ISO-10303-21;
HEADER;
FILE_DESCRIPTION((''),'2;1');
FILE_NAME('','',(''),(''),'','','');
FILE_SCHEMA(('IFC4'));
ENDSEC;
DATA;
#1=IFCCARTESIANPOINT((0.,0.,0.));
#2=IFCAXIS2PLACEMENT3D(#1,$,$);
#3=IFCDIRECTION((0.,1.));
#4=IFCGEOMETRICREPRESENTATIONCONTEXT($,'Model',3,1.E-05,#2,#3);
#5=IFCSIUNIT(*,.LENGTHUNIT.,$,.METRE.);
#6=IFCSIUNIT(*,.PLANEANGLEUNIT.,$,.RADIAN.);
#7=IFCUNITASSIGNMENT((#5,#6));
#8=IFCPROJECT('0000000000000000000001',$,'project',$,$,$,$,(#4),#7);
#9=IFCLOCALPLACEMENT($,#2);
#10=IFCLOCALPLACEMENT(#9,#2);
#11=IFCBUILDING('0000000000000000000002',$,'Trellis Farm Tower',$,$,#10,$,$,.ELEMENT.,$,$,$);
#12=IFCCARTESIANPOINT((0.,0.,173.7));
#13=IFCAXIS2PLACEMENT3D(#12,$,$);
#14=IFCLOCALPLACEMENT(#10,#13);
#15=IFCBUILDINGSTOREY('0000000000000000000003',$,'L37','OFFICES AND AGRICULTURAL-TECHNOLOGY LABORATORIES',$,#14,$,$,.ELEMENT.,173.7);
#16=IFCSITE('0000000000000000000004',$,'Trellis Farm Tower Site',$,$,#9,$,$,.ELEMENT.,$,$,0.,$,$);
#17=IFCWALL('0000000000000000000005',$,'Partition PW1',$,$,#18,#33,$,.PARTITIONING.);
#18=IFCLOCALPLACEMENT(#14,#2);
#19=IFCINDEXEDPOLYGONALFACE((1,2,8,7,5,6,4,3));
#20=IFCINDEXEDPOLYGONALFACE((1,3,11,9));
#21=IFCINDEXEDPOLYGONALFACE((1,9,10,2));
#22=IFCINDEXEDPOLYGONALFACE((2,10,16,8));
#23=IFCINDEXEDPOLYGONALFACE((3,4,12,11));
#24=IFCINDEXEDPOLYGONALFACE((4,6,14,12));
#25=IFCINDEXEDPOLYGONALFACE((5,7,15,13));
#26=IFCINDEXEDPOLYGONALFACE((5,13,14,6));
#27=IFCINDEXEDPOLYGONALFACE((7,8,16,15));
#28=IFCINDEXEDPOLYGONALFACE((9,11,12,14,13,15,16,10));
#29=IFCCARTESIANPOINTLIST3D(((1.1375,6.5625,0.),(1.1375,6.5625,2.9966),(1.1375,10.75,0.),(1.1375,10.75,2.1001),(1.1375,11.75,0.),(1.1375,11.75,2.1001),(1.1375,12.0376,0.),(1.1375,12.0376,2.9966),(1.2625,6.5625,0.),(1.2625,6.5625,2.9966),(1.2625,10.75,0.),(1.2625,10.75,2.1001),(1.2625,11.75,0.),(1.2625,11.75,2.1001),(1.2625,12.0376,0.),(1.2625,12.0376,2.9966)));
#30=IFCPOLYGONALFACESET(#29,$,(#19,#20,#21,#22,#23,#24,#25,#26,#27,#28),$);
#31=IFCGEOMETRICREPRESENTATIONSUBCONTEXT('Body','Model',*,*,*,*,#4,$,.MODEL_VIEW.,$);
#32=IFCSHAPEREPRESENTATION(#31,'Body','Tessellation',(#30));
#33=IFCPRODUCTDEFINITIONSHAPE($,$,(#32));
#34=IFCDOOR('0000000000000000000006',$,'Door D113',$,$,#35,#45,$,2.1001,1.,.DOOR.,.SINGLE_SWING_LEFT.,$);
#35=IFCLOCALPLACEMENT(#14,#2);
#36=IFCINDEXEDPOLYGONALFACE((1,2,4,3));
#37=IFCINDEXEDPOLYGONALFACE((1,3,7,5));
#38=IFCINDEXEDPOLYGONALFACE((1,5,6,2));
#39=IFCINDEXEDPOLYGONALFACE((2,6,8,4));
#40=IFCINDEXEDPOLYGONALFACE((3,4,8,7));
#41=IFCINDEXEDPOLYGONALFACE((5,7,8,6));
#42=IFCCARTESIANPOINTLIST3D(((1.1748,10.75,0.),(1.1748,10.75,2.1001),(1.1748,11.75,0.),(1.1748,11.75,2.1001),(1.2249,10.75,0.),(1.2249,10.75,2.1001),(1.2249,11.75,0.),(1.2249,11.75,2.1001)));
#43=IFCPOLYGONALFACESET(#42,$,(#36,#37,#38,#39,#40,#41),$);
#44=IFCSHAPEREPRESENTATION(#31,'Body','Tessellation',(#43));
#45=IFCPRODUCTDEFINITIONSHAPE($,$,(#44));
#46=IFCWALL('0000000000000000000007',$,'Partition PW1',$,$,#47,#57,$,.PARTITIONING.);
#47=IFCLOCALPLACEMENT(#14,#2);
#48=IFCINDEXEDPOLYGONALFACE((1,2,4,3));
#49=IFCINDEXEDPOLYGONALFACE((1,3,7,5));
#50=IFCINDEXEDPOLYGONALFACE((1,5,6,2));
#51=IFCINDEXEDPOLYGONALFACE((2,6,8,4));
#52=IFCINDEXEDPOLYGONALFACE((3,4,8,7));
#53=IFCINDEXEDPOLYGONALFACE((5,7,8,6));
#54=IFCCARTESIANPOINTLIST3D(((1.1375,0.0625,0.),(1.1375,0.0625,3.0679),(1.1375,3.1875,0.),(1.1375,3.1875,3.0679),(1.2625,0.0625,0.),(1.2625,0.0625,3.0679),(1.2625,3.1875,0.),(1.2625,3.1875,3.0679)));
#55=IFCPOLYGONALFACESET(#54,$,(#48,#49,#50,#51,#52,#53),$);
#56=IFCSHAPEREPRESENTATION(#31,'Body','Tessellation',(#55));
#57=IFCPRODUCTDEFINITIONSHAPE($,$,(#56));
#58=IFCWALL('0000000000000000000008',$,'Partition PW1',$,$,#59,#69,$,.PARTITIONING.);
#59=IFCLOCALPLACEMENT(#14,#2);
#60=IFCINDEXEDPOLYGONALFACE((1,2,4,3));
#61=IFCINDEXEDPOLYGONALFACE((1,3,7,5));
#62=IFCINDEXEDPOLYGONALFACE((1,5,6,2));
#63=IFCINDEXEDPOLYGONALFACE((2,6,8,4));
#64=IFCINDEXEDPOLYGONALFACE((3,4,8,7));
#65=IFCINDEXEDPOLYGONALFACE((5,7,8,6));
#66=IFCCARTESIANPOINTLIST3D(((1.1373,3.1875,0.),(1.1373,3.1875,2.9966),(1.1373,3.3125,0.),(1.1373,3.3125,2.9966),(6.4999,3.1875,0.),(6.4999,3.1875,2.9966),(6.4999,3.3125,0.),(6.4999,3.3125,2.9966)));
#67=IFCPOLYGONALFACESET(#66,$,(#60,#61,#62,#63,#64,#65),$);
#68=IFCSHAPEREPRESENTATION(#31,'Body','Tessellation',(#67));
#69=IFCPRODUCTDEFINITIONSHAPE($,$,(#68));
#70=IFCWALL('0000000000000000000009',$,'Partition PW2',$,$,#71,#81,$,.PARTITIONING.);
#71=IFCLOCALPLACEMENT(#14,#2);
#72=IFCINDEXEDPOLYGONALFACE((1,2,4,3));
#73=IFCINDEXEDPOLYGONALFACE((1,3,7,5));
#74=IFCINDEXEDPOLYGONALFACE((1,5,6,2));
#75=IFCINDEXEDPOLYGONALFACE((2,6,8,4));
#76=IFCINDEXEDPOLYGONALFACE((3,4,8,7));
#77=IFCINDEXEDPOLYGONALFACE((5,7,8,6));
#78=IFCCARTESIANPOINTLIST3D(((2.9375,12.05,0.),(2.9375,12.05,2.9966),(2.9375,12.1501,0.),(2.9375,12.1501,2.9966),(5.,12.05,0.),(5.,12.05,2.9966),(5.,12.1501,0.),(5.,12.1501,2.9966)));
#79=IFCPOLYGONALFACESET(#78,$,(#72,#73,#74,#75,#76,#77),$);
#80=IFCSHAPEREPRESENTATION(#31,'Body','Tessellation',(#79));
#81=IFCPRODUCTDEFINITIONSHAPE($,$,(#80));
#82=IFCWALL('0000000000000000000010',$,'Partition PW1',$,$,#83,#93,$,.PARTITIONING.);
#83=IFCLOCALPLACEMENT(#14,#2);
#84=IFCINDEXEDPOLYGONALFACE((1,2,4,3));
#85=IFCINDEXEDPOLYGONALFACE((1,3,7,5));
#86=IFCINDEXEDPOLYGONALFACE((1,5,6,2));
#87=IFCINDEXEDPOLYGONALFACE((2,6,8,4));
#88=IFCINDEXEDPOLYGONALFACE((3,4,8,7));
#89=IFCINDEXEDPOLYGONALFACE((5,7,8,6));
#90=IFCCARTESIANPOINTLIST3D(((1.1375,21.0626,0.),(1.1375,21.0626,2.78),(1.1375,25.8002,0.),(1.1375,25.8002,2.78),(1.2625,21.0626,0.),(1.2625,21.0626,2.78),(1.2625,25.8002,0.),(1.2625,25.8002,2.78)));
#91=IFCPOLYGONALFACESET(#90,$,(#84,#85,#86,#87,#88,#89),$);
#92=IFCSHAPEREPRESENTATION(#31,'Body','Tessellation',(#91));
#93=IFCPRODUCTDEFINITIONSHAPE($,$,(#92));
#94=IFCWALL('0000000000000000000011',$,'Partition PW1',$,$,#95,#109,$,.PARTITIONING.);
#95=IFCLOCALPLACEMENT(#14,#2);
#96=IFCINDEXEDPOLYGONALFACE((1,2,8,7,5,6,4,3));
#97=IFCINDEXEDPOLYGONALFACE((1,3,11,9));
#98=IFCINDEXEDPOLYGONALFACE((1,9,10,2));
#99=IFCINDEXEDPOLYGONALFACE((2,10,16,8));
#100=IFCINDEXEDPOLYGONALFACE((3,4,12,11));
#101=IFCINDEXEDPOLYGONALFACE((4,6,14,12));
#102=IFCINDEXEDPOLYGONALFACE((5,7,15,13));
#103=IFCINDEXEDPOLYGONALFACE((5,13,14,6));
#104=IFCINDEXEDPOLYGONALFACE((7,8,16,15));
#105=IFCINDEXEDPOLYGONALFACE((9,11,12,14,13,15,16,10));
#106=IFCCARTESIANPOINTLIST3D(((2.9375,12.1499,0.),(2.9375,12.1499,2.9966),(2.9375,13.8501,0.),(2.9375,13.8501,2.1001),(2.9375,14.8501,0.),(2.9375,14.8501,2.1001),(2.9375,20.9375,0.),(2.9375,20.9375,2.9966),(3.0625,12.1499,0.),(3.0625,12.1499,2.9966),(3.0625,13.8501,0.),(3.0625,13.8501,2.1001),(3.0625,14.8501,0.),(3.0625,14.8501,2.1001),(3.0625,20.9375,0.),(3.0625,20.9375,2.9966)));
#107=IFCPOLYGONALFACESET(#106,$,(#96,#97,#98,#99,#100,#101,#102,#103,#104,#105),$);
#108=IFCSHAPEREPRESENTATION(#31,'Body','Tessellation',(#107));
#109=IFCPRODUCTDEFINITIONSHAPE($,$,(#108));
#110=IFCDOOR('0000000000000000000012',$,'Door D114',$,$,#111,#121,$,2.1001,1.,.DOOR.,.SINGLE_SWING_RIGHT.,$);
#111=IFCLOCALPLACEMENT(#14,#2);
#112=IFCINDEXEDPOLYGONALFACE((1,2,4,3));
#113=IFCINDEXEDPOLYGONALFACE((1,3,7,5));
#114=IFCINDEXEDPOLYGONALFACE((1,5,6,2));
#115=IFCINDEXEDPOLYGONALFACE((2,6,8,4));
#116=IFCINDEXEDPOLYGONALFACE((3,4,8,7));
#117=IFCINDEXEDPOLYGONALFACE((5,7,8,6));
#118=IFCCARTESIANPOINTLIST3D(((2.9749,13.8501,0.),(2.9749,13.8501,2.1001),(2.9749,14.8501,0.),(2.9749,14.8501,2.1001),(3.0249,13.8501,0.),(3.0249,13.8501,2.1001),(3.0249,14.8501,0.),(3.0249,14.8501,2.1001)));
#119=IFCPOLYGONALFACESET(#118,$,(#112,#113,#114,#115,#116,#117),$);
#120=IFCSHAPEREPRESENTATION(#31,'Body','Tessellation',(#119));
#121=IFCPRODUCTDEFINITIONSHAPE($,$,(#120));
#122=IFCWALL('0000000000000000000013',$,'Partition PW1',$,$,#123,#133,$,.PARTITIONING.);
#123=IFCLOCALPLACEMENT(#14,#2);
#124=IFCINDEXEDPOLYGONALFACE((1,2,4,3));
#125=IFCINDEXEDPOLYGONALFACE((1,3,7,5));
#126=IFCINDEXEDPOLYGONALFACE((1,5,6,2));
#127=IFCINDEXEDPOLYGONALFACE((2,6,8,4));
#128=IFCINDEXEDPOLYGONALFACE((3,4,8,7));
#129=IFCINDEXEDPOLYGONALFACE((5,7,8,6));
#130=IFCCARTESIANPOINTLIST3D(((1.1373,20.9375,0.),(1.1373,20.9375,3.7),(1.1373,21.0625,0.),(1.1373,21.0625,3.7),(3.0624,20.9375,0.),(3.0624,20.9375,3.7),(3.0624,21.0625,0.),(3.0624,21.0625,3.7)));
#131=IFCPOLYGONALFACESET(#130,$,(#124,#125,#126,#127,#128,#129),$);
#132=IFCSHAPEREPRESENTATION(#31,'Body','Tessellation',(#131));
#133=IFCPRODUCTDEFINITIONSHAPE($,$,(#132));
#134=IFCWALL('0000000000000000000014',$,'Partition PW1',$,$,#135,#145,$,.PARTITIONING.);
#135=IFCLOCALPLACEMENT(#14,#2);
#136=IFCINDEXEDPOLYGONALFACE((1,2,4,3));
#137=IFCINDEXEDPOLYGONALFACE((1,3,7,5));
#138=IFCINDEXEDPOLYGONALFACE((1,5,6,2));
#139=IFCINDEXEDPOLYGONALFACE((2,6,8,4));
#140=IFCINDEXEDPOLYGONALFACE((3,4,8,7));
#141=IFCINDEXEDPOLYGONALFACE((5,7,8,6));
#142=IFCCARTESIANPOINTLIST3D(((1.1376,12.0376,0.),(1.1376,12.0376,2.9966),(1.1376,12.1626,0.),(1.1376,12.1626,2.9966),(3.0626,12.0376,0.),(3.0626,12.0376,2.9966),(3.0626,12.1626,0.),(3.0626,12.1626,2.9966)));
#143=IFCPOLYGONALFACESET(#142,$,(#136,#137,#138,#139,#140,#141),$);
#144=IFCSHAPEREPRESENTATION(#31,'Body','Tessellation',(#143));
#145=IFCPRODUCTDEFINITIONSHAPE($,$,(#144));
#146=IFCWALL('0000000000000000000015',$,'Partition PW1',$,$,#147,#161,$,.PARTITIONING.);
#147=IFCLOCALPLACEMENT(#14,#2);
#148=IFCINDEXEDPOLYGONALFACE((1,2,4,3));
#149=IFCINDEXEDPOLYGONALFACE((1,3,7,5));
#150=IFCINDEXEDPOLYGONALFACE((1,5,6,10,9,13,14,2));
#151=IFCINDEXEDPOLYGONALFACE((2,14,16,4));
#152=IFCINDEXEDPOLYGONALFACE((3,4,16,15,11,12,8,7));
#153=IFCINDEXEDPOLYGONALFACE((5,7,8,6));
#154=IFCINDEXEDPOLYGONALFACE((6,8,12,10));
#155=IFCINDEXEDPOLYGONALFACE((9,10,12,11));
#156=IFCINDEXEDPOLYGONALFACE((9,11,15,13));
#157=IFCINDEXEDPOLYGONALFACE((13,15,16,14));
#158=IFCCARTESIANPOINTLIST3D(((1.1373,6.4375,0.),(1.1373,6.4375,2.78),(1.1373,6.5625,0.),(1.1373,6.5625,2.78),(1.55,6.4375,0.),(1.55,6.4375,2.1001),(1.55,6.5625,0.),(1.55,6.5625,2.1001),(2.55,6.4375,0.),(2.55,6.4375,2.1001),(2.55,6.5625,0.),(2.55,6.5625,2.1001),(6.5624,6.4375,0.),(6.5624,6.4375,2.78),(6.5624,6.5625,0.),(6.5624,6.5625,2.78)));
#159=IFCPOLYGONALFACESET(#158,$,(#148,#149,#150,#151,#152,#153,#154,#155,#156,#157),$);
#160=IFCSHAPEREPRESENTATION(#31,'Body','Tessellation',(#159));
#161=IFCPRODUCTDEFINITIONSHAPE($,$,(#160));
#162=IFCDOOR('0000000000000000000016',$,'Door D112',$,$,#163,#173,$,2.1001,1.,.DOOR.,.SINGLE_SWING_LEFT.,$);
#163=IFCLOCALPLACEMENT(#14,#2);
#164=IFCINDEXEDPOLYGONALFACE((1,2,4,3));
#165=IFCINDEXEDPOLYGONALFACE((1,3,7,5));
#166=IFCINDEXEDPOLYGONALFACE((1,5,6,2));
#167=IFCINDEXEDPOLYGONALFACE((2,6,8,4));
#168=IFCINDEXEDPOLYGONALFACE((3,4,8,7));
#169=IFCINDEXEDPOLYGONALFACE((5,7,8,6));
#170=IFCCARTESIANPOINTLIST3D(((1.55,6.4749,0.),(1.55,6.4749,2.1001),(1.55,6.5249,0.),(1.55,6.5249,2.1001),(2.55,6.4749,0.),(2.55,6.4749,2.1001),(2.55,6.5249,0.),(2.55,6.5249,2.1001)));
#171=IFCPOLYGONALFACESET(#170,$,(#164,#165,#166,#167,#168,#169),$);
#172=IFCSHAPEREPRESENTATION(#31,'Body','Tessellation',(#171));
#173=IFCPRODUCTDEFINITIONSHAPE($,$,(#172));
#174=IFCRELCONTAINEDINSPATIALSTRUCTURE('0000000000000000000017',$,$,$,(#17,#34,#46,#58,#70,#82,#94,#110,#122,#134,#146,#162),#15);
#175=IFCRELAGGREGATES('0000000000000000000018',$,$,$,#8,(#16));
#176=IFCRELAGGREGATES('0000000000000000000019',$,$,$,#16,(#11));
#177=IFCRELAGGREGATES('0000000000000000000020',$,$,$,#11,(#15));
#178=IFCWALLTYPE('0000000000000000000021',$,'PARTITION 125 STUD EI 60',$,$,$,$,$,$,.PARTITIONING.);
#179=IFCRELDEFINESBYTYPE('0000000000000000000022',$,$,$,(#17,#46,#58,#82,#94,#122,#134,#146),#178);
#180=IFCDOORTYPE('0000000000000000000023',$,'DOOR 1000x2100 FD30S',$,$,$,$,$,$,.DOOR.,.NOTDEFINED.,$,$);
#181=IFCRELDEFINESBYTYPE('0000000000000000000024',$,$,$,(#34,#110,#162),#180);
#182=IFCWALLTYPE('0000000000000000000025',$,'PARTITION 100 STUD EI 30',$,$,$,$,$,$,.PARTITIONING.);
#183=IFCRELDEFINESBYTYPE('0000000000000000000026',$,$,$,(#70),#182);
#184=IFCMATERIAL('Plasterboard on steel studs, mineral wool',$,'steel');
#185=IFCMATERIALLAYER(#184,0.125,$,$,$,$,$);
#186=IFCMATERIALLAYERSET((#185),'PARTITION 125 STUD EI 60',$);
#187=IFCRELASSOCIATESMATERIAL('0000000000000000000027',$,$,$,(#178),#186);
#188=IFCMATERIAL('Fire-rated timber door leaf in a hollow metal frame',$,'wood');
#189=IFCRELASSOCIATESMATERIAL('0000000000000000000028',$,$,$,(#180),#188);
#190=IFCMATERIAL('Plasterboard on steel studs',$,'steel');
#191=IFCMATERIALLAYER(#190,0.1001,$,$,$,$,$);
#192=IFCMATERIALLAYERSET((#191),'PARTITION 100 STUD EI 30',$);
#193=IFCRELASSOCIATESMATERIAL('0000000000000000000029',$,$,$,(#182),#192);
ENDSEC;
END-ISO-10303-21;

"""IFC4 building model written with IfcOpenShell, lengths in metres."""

from ifc_helpers import new_model, si_unit, direction, frame, frame_2d, origin, place, context, subcontext, project, spatial, rectangle, extrude, source, transform, mapped, material, layer, layer_set, type_object, element, fill, save


model = new_model("IFC4")

# Units and contexts
model_context = context("Model", 3, precision=1e-05, world=origin(), true_north=direction((0.0, 1.0)))
body_context = subcontext(model_context, "Body", "Model", "MODEL_VIEW")
ifc_project = project(units=[si_unit("LENGTHUNIT", "METRE"), si_unit("PLANEANGLEUNIT", "RADIAN")], contexts=[model_context])

# Site, building, storey
site_placement = place(None, origin())
site = spatial("IfcSite", under=ifc_project, at=site_placement, Name="Trellis Farm Tower Site", CompositionType="ELEMENT", RefElevation=0.0)
building_placement = place(site_placement, origin())
building = spatial("IfcBuilding", under=site, at=building_placement, Name="Trellis Farm Tower", CompositionType="ELEMENT")
storey_placement = place(building_placement, frame((0.0, 0.0, 173.7)))
storey = spatial("IfcBuildingStorey", under=building, at=storey_placement, Name="L37", Description="OFFICES AND AGRICULTURAL-TECHNOLOGY LABORATORIES", CompositionType="ELEMENT", Elevation=173.7)

# Wall, opening, door
ifc_material_1 = material(Name="Plasterboard on steel studs, mineral wool", Category="steel")
ifc_layer_1 = layer(ifc_material_1, 0.125)
ifc_layer_set_1 = layer_set([ifc_layer_1], Name="PARTITION 125 STUD EI 60")
wall_type_1 = type_object("IfcWallType", Name="PARTITION 125 STUD EI 60", PredefinedType="PARTITIONING", material=ifc_layer_set_1)
shared_shape_1 = source(origin(), body_context, "Body", "SweptSolid", [
    extrude(rectangle(XDim=5.4751, YDim=0.125, at=frame_2d((2.7375, 0.0))), origin(), (0.0, 0.0, 1.0), 2.9966),
])
wall_1_placement = place(storey_placement, frame((1.2, 12.0376, 0.0), z_axis=(0.0, 0.0, 1.0), x_axis=(0.0, -1.0, 0.0)))
wall_1 = element("IfcWall", 1, at=wall_1_placement, inside=storey, type_object=wall_type_1, Name="Partition PW1", PredefinedType="PARTITIONING", context=body_context, shape_type="MappedRepresentation", body=[
    mapped(shared_shape_1, transform((0.0, 0.0, 0.0))),
])
shared_shape_2 = source(origin(), body_context, "Body", "SweptSolid", [
    extrude(rectangle(XDim=1.0, YDim=2.1001, at=frame_2d((0.5, 1.05))), frame((0.0, 0.0725, 0.0), z_axis=(0.0, -1.0, 0.0), x_axis=(1.0, 0.0, 0.0)), (0.0, 0.0, 1.0), 0.145),
])
opening_1_placement = place(wall_1_placement, frame((0.2876, 0.0, 0.0)))
opening_1 = element("IfcOpeningElement", 2, at=opening_1_placement, cuts=wall_1, PredefinedType="OPENING", context=body_context, shape_type="MappedRepresentation", body=[
    mapped(shared_shape_2, transform((0.0, 0.0, 0.0))),
])
ifc_material_2 = material(Name="Fire-rated timber door leaf in a hollow metal frame", Category="wood")
door_type = type_object("IfcDoorType", Name="DOOR 1000x2100 FD30S", OperationType="NOTDEFINED", PredefinedType="DOOR", material=ifc_material_2)
shared_shape_3 = source(origin(), body_context, "Body", "SweptSolid", [
    extrude(rectangle(XDim=1.0, YDim=2.1001, at=frame_2d((0.5, 1.05))), frame((0.0, 0.0249, 0.0), z_axis=(0.0, -1.0, 0.0), x_axis=(1.0, 0.0, 0.0)), (0.0, 0.0, 1.0), 0.05),
])
door_1_placement = place(opening_1_placement, origin())
door_1 = element("IfcDoor", 3, at=door_1_placement, inside=storey, type_object=door_type, Name="Door D113", OperationType="SINGLE_SWING_LEFT", OverallHeight=2.1001, OverallWidth=1.0, PredefinedType="DOOR", context=body_context, shape_type="MappedRepresentation", body=[
    mapped(shared_shape_3, transform((0.0, 0.0, 0.0))),
])
fill(opening_1, door_1)

# Walls
shared_shape_4 = source(origin(), body_context, "Body", "SweptSolid", [
    extrude(rectangle(XDim=3.125, YDim=0.125, at=frame_2d((1.5625, 0.0))), origin(), (0.0, 0.0, 1.0), 3.0679),
])
wall_2_placement = place(storey_placement, frame((1.2, 3.1875, 0.0), z_axis=(0.0, 0.0, 1.0), x_axis=(0.0, -1.0, 0.0)))
element("IfcWall", 4, at=wall_2_placement, inside=storey, type_object=wall_type_1, Name="Partition PW1", PredefinedType="PARTITIONING", context=body_context, shape_type="MappedRepresentation", body=[
    mapped(shared_shape_4, transform((0.0, 0.0, 0.0))),
])
shared_shape_5 = source(origin(), body_context, "Body", "SweptSolid", [
    extrude(rectangle(XDim=5.3625, YDim=0.125, at=frame_2d((2.6812, 0.0))), origin(), (0.0, 0.0, 1.0), 2.9966),
])
wall_3_placement = place(storey_placement, frame((1.1375, 3.25, 0.0), z_axis=(0.0, 0.0, 1.0), x_axis=(1.0, 0.0, 0.0)))
element("IfcWall", 5, at=wall_3_placement, inside=storey, type_object=wall_type_1, Name="Partition PW1", PredefinedType="PARTITIONING", context=body_context, shape_type="MappedRepresentation", body=[
    mapped(shared_shape_5, transform((0.0, 0.0, 0.0))),
])
ifc_material_3 = material(Name="Plasterboard on steel studs", Category="steel")
ifc_layer_2 = layer(ifc_material_3, 0.1001)
ifc_layer_set_2 = layer_set([ifc_layer_2], Name="PARTITION 100 STUD EI 30")
wall_type_2 = type_object("IfcWallType", Name="PARTITION 100 STUD EI 30", PredefinedType="PARTITIONING", material=ifc_layer_set_2)
shared_shape_6 = source(origin(), body_context, "Body", "SweptSolid", [
    extrude(rectangle(XDim=2.0625, YDim=0.1001, at=frame_2d((1.0312, 0.0))), origin(), (0.0, 0.0, 1.0), 2.9966),
])
wall_4_placement = place(storey_placement, frame((2.9375, 12.1001, 0.0), z_axis=(0.0, 0.0, 1.0), x_axis=(1.0, 0.0, 0.0)))
element("IfcWall", 6, at=wall_4_placement, inside=storey, type_object=wall_type_2, Name="Partition PW2", PredefinedType="PARTITIONING", context=body_context, shape_type="MappedRepresentation", body=[
    mapped(shared_shape_6, transform((0.0, 0.0, 0.0))),
])
shared_shape_7 = source(origin(), body_context, "Body", "SweptSolid", [
    extrude(rectangle(XDim=4.7375, YDim=0.125, at=frame_2d((2.3687, 0.0))), origin(), (0.0, 0.0, 1.0), 2.78),
])
wall_5_placement = place(storey_placement, frame((1.2, 25.8, 0.0), z_axis=(0.0, 0.0, 1.0), x_axis=(0.0, -1.0, 0.0)))
element("IfcWall", 7, at=wall_5_placement, inside=storey, type_object=wall_type_1, Name="Partition PW1", PredefinedType="PARTITIONING", context=body_context, shape_type="MappedRepresentation", body=[
    mapped(shared_shape_7, transform((0.0, 0.0, 0.0))),
])

# Wall, opening, door
shared_shape_8 = source(origin(), body_context, "Body", "SweptSolid", [
    extrude(rectangle(XDim=8.7876, YDim=0.125, at=frame_2d((4.3938, 0.0))), origin(), (0.0, 0.0, 1.0), 2.9966),
])
wall_6_placement = place(storey_placement, frame((3.0, 20.9375, 0.0), z_axis=(0.0, 0.0, 1.0), x_axis=(0.0, -1.0, 0.0)))
wall_6 = element("IfcWall", 8, at=wall_6_placement, inside=storey, type_object=wall_type_1, Name="Partition PW1", PredefinedType="PARTITIONING", context=body_context, shape_type="MappedRepresentation", body=[
    mapped(shared_shape_8, transform((0.0, 0.0, 0.0))),
])
opening_2_placement = place(wall_6_placement, frame((6.0874, 0.0, 0.0)))
opening_2 = element("IfcOpeningElement", 9, at=opening_2_placement, cuts=wall_6, PredefinedType="OPENING", context=body_context, shape_type="MappedRepresentation", body=[
    mapped(shared_shape_2, transform((0.0, 0.0, 0.0))),
])
door_2_placement = place(opening_2_placement, origin())
door_2 = element("IfcDoor", 10, at=door_2_placement, inside=storey, type_object=door_type, Name="Door D114", OperationType="SINGLE_SWING_RIGHT", OverallHeight=2.1001, OverallWidth=1.0, PredefinedType="DOOR", context=body_context, shape_type="MappedRepresentation", body=[
    mapped(shared_shape_3, transform((0.0, 0.0, 0.0))),
])
fill(opening_2, door_2)

# Walls
shared_shape_9 = source(origin(), body_context, "Body", "SweptSolid", [
    extrude(rectangle(XDim=1.925, YDim=0.125, at=frame_2d((0.9624, 0.0))), origin(), (0.0, 0.0, 1.0), 3.7),
])
wall_7_placement = place(storey_placement, frame((1.1375, 21.0, 0.0), z_axis=(0.0, 0.0, 1.0), x_axis=(1.0, 0.0, 0.0)))
element("IfcWall", 11, at=wall_7_placement, inside=storey, type_object=wall_type_1, Name="Partition PW1", PredefinedType="PARTITIONING", context=body_context, shape_type="MappedRepresentation", body=[
    mapped(shared_shape_9, transform((0.0, 0.0, 0.0))),
])
shared_shape_10 = source(origin(), body_context, "Body", "SweptSolid", [
    extrude(rectangle(XDim=1.925, YDim=0.125, at=frame_2d((0.9624, 0.0))), origin(), (0.0, 0.0, 1.0), 2.9966),
])
wall_8_placement = place(storey_placement, frame((3.0625, 12.1001, 0.0), z_axis=(0.0, 0.0, 1.0), x_axis=(-1.0, 0.0, 0.0)))
element("IfcWall", 12, at=wall_8_placement, inside=storey, type_object=wall_type_1, Name="Partition PW1", PredefinedType="PARTITIONING", context=body_context, shape_type="MappedRepresentation", body=[
    mapped(shared_shape_10, transform((0.0, 0.0, 0.0))),
])

# Wall, opening, door
shared_shape_11 = source(origin(), body_context, "Body", "SweptSolid", [
    extrude(rectangle(XDim=5.425, YDim=0.125, at=frame_2d((2.7124, 0.0))), origin(), (0.0, 0.0, 1.0), 2.78),
])
wall_9_placement = place(storey_placement, frame((1.1375, 6.5, 0.0), z_axis=(0.0, 0.0, 1.0), x_axis=(1.0, 0.0, 0.0)))
wall_9 = element("IfcWall", 13, at=wall_9_placement, inside=storey, type_object=wall_type_1, Name="Partition PW1", PredefinedType="PARTITIONING", context=body_context, shape_type="MappedRepresentation", body=[
    mapped(shared_shape_11, transform((0.0, 0.0, 0.0))),
])
opening_3_placement = place(wall_9_placement, frame((0.4126, 0.0, 0.0)))
opening_3 = element("IfcOpeningElement", 14, at=opening_3_placement, cuts=wall_9, PredefinedType="OPENING", context=body_context, shape_type="MappedRepresentation", body=[
    mapped(shared_shape_2, transform((0.0, 0.0, 0.0))),
])
door_3_placement = place(opening_3_placement, origin())
door_3 = element("IfcDoor", 15, at=door_3_placement, inside=storey, type_object=door_type, Name="Door D112", OperationType="SINGLE_SWING_LEFT", OverallHeight=2.1001, OverallWidth=1.0, PredefinedType="DOOR", context=body_context, shape_type="MappedRepresentation", body=[
    mapped(shared_shape_3, transform((0.0, 0.0, 0.0))),
])
fill(opening_3, door_3)

save(model, "model.ifc")
